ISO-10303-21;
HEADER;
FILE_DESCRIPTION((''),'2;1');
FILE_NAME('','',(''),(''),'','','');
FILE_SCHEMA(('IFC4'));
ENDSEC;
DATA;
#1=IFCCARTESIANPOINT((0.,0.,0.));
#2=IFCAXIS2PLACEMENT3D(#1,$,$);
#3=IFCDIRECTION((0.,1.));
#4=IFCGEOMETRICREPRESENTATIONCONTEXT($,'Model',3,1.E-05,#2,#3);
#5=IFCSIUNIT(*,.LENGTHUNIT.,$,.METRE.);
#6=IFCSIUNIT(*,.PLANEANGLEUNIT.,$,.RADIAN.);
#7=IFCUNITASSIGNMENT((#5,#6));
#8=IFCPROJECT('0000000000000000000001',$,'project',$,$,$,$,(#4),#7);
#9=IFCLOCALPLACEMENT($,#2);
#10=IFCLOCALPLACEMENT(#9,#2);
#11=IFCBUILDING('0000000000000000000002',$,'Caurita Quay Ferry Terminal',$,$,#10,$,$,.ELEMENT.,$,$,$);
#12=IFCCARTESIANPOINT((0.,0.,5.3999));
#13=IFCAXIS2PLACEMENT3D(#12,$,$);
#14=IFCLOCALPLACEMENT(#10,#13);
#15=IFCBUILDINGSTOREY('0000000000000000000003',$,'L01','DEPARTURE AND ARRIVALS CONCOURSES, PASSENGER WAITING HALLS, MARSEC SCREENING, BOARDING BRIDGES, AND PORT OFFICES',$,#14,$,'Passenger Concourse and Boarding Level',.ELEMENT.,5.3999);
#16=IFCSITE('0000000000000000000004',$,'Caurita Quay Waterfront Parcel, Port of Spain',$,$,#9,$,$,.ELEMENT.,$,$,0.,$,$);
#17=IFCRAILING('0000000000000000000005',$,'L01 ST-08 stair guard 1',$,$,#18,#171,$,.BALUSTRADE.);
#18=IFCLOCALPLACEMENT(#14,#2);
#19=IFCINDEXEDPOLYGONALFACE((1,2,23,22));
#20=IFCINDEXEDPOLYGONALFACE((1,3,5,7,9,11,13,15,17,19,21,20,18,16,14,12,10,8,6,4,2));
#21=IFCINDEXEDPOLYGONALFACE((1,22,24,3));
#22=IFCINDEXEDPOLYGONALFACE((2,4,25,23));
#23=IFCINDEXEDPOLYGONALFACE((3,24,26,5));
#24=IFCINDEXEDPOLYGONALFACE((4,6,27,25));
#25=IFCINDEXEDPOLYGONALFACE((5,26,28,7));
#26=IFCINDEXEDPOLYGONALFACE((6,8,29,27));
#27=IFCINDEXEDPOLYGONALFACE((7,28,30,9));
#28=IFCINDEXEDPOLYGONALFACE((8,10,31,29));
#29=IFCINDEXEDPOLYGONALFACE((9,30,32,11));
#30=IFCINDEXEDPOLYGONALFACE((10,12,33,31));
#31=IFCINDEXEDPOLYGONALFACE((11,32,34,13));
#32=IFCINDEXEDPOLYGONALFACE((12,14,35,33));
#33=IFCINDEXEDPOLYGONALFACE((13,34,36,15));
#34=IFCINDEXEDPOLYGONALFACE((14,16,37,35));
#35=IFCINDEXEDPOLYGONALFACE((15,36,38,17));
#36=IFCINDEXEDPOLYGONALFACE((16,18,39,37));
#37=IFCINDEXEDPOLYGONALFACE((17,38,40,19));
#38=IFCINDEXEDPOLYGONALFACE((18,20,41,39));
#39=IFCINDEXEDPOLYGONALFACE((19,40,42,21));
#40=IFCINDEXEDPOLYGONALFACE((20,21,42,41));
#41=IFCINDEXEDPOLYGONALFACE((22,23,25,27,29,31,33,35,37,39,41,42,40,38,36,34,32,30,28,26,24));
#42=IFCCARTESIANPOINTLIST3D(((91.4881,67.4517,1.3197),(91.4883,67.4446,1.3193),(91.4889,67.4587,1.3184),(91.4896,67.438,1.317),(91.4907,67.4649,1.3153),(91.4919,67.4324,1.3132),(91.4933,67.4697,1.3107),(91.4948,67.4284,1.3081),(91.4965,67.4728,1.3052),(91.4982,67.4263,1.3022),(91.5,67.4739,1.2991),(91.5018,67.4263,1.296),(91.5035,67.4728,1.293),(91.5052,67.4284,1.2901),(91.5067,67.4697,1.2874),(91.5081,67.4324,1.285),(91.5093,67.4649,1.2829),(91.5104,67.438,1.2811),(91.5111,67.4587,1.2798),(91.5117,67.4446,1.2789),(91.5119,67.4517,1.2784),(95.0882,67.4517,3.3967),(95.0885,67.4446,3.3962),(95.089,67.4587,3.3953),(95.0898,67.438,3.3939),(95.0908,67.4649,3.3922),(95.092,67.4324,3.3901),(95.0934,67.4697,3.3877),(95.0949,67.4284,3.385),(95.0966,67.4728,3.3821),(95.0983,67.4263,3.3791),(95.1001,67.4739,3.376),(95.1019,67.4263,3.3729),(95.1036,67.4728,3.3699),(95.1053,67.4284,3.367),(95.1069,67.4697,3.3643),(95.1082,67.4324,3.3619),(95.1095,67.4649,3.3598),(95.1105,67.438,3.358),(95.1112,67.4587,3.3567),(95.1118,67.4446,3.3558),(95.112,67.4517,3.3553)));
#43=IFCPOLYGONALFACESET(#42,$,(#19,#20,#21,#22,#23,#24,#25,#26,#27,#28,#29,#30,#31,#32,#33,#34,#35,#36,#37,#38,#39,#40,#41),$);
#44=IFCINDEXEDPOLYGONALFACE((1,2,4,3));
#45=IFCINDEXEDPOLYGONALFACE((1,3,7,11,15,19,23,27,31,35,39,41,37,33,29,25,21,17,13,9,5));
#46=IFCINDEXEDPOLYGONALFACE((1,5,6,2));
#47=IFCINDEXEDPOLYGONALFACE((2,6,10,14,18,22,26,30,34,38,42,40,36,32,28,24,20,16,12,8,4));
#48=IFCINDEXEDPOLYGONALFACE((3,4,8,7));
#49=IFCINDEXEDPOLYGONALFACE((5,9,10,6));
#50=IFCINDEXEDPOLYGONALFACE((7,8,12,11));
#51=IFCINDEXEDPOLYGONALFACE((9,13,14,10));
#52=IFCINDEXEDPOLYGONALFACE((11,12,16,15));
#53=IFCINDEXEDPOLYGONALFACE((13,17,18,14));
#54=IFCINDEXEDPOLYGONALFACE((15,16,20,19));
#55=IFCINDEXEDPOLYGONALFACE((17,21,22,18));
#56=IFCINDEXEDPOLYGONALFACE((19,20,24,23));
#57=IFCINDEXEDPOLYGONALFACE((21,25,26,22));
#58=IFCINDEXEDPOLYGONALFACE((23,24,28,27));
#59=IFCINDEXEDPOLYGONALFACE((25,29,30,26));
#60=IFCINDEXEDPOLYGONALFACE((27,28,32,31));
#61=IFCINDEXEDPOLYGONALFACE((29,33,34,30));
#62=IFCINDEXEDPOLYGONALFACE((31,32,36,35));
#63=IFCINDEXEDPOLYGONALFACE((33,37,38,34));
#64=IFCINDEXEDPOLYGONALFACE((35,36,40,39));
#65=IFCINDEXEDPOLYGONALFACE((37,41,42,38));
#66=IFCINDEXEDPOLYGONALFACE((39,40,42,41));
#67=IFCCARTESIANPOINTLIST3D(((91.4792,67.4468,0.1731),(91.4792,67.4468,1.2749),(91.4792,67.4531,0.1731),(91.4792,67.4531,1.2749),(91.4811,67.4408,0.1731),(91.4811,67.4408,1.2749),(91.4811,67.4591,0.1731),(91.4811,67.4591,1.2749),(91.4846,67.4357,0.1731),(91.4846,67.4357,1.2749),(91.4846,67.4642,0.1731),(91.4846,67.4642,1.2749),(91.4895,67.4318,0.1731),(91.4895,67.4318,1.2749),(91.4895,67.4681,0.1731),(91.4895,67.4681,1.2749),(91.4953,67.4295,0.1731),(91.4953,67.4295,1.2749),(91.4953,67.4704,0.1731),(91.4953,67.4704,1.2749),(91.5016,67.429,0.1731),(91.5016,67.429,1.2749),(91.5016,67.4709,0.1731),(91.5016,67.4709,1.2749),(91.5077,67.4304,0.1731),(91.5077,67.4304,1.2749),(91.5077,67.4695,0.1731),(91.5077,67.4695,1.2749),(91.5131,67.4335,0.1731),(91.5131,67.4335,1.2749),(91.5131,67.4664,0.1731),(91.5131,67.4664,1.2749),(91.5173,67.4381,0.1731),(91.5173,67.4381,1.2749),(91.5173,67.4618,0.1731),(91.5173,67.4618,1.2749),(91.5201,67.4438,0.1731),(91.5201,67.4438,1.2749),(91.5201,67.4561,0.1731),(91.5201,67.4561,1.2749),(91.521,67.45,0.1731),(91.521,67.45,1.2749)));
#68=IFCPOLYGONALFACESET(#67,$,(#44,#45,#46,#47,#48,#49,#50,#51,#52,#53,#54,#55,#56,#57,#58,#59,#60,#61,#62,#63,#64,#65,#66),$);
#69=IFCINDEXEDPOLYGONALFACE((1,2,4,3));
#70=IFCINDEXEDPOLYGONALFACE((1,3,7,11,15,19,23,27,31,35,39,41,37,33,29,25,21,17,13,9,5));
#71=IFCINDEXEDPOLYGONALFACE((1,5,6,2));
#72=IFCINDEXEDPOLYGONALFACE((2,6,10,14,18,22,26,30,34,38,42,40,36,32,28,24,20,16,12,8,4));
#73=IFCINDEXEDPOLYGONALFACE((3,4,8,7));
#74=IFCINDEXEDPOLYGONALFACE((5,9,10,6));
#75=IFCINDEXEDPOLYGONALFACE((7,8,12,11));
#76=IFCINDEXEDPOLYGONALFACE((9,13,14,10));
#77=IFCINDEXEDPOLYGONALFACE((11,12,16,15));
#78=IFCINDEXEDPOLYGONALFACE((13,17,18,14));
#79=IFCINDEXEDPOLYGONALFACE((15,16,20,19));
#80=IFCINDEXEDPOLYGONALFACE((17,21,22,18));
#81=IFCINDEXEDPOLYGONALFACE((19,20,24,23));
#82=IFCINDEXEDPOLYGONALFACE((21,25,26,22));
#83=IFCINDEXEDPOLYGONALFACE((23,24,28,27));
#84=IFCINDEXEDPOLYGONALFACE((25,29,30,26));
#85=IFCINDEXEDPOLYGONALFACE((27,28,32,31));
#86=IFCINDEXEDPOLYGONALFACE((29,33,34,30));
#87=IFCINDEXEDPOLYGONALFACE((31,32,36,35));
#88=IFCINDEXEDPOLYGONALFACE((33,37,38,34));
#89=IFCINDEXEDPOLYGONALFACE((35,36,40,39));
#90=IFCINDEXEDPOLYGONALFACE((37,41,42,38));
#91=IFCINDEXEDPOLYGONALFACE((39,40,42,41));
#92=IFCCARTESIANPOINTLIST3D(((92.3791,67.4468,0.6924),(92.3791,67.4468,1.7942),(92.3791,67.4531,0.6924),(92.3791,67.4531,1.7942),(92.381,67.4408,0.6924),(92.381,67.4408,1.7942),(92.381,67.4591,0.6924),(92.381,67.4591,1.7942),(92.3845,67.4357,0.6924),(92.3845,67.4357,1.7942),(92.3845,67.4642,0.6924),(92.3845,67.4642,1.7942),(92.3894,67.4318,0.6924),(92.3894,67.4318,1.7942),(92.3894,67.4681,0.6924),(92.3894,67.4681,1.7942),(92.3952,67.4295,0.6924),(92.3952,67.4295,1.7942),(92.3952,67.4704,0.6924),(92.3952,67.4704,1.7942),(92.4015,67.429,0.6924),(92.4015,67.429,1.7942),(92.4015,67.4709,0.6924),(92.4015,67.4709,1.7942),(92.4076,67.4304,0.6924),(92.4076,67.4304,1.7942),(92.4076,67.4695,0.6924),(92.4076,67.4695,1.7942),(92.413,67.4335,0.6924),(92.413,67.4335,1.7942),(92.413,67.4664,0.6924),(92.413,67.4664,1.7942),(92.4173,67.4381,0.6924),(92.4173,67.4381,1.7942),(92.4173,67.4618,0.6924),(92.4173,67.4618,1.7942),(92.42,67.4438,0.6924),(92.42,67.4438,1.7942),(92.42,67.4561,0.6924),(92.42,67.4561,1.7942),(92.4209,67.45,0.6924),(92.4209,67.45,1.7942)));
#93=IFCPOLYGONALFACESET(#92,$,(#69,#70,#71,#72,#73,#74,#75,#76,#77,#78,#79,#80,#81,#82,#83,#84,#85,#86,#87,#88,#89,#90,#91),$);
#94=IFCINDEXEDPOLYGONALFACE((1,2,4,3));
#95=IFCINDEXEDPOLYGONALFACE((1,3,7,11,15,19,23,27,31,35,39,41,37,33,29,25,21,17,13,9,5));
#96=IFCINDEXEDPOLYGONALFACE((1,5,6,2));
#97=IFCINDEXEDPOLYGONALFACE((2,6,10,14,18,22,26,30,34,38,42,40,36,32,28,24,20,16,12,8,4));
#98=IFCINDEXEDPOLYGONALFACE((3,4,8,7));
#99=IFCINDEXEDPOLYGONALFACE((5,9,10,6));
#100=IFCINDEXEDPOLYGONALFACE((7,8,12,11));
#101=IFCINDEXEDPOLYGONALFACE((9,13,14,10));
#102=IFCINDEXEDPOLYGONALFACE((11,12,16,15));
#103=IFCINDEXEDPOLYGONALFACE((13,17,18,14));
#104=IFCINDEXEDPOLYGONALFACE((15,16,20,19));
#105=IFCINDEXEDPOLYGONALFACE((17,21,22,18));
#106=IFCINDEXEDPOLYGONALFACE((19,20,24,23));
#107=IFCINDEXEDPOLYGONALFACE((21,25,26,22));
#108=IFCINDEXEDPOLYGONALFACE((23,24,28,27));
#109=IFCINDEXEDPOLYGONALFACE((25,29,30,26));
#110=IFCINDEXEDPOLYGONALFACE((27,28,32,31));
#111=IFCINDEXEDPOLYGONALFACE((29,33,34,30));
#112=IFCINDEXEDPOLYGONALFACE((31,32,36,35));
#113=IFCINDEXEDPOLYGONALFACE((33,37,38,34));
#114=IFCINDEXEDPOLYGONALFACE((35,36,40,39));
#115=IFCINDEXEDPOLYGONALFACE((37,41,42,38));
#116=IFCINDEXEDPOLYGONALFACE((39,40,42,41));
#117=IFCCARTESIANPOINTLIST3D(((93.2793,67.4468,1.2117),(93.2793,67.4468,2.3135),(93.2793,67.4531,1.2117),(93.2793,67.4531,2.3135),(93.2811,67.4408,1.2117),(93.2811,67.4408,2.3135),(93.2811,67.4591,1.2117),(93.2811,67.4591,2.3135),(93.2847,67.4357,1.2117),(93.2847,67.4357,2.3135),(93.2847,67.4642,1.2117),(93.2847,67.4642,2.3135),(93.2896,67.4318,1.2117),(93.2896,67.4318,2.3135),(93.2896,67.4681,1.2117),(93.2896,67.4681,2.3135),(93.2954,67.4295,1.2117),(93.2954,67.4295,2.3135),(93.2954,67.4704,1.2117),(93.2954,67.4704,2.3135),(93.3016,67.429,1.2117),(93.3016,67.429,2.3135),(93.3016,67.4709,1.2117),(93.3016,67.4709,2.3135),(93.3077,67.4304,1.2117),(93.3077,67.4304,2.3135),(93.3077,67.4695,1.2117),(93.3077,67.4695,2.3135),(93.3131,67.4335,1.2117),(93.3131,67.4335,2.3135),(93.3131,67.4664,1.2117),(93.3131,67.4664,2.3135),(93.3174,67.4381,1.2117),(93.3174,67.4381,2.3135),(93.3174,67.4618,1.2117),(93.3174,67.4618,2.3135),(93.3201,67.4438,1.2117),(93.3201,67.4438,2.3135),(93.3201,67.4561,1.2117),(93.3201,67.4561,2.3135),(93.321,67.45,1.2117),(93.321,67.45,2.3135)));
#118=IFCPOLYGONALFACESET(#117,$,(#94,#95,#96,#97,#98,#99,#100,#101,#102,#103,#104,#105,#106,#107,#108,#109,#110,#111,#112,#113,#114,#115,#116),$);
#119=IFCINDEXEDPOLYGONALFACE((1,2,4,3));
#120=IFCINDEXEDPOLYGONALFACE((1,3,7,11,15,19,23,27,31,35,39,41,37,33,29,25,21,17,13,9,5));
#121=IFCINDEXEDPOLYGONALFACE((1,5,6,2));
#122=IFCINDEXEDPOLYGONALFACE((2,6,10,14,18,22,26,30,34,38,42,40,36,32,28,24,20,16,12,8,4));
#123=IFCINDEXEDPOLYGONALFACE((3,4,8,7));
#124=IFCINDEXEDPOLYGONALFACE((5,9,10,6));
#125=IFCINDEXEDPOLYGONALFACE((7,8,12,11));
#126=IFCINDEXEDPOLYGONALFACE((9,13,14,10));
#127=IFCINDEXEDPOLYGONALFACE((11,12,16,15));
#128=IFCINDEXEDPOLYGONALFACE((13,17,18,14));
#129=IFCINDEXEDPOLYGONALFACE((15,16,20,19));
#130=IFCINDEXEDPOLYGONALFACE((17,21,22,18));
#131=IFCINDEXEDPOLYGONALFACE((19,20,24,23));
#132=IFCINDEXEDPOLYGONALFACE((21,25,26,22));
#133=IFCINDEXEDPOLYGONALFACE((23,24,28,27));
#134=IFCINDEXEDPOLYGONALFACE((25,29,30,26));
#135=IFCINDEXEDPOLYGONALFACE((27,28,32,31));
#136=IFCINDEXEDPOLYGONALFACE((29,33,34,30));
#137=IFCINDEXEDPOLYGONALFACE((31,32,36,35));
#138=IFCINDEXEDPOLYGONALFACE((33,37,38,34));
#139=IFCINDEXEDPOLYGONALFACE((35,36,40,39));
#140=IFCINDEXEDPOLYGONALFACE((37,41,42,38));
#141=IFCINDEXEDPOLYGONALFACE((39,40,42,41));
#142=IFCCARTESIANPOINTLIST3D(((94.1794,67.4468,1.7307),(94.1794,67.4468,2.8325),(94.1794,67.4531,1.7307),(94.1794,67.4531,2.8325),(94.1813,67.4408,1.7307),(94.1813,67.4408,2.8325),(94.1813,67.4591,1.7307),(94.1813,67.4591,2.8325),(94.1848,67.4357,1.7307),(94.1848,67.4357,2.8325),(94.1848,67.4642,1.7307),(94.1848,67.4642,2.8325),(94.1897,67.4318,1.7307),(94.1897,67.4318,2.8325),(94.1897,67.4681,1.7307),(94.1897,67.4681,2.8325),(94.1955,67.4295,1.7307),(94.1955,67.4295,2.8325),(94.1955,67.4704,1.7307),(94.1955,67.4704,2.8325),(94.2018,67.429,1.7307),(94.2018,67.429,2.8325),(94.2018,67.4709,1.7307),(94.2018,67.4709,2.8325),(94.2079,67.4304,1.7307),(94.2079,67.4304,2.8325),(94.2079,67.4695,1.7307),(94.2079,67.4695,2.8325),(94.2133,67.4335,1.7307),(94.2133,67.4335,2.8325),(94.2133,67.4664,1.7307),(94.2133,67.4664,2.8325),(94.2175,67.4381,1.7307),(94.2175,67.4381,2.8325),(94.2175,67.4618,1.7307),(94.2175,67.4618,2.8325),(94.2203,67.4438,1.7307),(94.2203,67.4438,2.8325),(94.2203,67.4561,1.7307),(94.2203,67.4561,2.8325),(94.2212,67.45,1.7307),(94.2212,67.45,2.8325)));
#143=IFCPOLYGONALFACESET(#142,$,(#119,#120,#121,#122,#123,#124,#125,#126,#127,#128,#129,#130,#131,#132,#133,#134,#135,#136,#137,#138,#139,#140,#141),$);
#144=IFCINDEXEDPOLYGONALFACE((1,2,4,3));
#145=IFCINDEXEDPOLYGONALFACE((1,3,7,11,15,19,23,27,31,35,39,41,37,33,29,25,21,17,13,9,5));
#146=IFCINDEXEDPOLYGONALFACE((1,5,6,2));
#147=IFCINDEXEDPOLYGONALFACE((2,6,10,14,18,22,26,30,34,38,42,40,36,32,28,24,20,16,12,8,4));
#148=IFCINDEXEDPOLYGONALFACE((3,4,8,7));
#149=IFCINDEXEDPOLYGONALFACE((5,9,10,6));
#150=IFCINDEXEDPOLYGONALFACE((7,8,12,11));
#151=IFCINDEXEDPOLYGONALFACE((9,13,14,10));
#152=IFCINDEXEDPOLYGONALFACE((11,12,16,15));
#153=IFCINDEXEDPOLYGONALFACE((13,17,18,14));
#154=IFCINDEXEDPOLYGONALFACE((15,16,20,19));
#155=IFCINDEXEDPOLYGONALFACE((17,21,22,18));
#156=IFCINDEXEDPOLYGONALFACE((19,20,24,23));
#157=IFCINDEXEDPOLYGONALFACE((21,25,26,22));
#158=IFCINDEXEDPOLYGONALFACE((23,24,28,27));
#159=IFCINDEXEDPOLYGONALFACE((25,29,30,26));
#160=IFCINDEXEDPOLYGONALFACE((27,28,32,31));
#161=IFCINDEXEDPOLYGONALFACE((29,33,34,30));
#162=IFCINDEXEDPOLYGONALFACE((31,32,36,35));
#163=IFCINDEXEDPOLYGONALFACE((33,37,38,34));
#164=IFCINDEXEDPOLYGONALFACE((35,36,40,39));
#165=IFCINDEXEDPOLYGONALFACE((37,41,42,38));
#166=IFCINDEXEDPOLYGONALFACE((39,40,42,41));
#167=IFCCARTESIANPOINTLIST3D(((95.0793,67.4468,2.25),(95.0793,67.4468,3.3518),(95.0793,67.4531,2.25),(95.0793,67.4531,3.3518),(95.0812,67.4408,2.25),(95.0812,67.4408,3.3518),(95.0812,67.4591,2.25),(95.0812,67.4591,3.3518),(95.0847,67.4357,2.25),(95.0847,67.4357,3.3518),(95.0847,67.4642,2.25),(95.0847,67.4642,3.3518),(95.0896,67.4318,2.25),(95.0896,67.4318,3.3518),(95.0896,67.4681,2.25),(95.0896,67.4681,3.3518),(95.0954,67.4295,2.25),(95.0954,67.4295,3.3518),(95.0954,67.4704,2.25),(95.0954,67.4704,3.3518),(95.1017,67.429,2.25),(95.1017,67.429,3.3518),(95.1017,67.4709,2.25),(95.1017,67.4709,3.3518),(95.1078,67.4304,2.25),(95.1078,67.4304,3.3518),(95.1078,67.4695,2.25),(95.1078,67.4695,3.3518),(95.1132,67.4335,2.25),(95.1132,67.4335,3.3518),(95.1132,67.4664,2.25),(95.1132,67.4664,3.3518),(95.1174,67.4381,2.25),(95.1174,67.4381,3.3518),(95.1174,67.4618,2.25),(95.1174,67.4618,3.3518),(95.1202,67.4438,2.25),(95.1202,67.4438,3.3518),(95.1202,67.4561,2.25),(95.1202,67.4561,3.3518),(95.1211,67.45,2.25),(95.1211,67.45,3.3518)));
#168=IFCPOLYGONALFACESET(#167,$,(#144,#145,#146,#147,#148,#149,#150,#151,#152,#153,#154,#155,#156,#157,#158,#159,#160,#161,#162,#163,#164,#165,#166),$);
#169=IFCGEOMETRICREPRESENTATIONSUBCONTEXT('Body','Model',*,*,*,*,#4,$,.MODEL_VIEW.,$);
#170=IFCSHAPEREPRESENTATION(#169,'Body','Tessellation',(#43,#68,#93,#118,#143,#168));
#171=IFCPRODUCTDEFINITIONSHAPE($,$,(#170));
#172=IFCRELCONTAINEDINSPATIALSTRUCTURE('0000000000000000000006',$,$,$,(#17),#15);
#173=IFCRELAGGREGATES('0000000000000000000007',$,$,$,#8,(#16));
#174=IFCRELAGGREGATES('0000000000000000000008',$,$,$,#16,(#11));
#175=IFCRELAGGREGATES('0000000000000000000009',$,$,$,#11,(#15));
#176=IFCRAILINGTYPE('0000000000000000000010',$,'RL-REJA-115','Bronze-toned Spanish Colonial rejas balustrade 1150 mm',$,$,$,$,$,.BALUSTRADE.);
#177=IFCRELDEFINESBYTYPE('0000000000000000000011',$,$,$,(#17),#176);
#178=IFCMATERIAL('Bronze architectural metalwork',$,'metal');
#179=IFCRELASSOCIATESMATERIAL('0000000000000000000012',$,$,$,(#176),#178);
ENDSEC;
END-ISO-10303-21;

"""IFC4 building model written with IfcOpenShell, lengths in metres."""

from ifc_helpers import new_model, si_unit, direction, frame, origin, origin_2d, place, context, subcontext, project, spatial, circle, extrude, material, type_object, element, save


model = new_model("IFC4")

# Units and contexts
model_context = context("Model", 3, precision=1e-05, world=origin(), true_north=direction((0.0, 1.0)))
body_context = subcontext(model_context, "Body", "Model", "MODEL_VIEW")
ifc_project = project(units=[si_unit("LENGTHUNIT", "METRE"), si_unit("PLANEANGLEUNIT", "RADIAN")], contexts=[model_context])

# Site, building, storey
site_placement = place(None, origin())
site = spatial("IfcSite", under=ifc_project, at=site_placement, Name="Caurita Quay Waterfront Parcel, Port of Spain", CompositionType="ELEMENT", RefElevation=0.0)
building_placement = place(site_placement, origin())
building = spatial("IfcBuilding", under=site, at=building_placement, Name="Caurita Quay Ferry Terminal", CompositionType="ELEMENT")
storey_placement = place(building_placement, frame((0.0, 0.0, 5.3999)))
storey = spatial("IfcBuildingStorey", under=building, at=storey_placement, Name="L01", Description="DEPARTURE AND ARRIVALS CONCOURSES, PASSENGER WAITING HALLS, MARSEC SCREENING, BOARDING BRIDGES, AND PORT OFFICES", LongName="Passenger Concourse and Boarding Level", CompositionType="ELEMENT", Elevation=5.3999)

# Shared definitions
ifc_material_1 = material(Name="Bronze architectural metalwork", Category="metal")

# Railing
railing_type = type_object("IfcRailingType", Name="RL-REJA-115", Description="Bronze-toned Spanish Colonial rejas balustrade 1150 mm", PredefinedType="BALUSTRADE", material=ifc_material_1)
railing_1_placement = place(storey_placement, frame((91.5, 67.45, 0.1731)))
element("IfcRailing", 1, at=railing_1_placement, inside=storey, type_object=railing_type, Name="L01 ST-08 stair guard 1", PredefinedType="BALUSTRADE", context=body_context, shape_type="SweptSolid", body=[
    extrude(circle(Radius=0.0239, at=origin_2d()), frame((0.0, 0.0, 1.126), z_axis=(0.866193, 0.0, 0.499709), x_axis=(0.0, 1.0, 0.0)), (0.0, 0.0, 1.0), 4.1562),
    extrude(circle(Radius=0.021, at=origin_2d()), origin(), (0.0, 0.0, 1.0), 1.1018),
    extrude(circle(Radius=0.021, at=origin_2d()), frame((0.8999, 0.0, 0.5193)), (0.0, 0.0, 1.0), 1.1018),
    extrude(circle(Radius=0.021, at=origin_2d()), frame((1.8, 0.0, 1.0386)), (0.0, 0.0, 1.0), 1.1018),
    extrude(circle(Radius=0.021, at=origin_2d()), frame((2.7002, 0.0, 1.5576)), (0.0, 0.0, 1.0), 1.1018),
    extrude(circle(Radius=0.021, at=origin_2d()), frame((3.6001, 0.0, 2.0769)), (0.0, 0.0, 1.0), 1.1018),
])

save(model, "model.ifc")
